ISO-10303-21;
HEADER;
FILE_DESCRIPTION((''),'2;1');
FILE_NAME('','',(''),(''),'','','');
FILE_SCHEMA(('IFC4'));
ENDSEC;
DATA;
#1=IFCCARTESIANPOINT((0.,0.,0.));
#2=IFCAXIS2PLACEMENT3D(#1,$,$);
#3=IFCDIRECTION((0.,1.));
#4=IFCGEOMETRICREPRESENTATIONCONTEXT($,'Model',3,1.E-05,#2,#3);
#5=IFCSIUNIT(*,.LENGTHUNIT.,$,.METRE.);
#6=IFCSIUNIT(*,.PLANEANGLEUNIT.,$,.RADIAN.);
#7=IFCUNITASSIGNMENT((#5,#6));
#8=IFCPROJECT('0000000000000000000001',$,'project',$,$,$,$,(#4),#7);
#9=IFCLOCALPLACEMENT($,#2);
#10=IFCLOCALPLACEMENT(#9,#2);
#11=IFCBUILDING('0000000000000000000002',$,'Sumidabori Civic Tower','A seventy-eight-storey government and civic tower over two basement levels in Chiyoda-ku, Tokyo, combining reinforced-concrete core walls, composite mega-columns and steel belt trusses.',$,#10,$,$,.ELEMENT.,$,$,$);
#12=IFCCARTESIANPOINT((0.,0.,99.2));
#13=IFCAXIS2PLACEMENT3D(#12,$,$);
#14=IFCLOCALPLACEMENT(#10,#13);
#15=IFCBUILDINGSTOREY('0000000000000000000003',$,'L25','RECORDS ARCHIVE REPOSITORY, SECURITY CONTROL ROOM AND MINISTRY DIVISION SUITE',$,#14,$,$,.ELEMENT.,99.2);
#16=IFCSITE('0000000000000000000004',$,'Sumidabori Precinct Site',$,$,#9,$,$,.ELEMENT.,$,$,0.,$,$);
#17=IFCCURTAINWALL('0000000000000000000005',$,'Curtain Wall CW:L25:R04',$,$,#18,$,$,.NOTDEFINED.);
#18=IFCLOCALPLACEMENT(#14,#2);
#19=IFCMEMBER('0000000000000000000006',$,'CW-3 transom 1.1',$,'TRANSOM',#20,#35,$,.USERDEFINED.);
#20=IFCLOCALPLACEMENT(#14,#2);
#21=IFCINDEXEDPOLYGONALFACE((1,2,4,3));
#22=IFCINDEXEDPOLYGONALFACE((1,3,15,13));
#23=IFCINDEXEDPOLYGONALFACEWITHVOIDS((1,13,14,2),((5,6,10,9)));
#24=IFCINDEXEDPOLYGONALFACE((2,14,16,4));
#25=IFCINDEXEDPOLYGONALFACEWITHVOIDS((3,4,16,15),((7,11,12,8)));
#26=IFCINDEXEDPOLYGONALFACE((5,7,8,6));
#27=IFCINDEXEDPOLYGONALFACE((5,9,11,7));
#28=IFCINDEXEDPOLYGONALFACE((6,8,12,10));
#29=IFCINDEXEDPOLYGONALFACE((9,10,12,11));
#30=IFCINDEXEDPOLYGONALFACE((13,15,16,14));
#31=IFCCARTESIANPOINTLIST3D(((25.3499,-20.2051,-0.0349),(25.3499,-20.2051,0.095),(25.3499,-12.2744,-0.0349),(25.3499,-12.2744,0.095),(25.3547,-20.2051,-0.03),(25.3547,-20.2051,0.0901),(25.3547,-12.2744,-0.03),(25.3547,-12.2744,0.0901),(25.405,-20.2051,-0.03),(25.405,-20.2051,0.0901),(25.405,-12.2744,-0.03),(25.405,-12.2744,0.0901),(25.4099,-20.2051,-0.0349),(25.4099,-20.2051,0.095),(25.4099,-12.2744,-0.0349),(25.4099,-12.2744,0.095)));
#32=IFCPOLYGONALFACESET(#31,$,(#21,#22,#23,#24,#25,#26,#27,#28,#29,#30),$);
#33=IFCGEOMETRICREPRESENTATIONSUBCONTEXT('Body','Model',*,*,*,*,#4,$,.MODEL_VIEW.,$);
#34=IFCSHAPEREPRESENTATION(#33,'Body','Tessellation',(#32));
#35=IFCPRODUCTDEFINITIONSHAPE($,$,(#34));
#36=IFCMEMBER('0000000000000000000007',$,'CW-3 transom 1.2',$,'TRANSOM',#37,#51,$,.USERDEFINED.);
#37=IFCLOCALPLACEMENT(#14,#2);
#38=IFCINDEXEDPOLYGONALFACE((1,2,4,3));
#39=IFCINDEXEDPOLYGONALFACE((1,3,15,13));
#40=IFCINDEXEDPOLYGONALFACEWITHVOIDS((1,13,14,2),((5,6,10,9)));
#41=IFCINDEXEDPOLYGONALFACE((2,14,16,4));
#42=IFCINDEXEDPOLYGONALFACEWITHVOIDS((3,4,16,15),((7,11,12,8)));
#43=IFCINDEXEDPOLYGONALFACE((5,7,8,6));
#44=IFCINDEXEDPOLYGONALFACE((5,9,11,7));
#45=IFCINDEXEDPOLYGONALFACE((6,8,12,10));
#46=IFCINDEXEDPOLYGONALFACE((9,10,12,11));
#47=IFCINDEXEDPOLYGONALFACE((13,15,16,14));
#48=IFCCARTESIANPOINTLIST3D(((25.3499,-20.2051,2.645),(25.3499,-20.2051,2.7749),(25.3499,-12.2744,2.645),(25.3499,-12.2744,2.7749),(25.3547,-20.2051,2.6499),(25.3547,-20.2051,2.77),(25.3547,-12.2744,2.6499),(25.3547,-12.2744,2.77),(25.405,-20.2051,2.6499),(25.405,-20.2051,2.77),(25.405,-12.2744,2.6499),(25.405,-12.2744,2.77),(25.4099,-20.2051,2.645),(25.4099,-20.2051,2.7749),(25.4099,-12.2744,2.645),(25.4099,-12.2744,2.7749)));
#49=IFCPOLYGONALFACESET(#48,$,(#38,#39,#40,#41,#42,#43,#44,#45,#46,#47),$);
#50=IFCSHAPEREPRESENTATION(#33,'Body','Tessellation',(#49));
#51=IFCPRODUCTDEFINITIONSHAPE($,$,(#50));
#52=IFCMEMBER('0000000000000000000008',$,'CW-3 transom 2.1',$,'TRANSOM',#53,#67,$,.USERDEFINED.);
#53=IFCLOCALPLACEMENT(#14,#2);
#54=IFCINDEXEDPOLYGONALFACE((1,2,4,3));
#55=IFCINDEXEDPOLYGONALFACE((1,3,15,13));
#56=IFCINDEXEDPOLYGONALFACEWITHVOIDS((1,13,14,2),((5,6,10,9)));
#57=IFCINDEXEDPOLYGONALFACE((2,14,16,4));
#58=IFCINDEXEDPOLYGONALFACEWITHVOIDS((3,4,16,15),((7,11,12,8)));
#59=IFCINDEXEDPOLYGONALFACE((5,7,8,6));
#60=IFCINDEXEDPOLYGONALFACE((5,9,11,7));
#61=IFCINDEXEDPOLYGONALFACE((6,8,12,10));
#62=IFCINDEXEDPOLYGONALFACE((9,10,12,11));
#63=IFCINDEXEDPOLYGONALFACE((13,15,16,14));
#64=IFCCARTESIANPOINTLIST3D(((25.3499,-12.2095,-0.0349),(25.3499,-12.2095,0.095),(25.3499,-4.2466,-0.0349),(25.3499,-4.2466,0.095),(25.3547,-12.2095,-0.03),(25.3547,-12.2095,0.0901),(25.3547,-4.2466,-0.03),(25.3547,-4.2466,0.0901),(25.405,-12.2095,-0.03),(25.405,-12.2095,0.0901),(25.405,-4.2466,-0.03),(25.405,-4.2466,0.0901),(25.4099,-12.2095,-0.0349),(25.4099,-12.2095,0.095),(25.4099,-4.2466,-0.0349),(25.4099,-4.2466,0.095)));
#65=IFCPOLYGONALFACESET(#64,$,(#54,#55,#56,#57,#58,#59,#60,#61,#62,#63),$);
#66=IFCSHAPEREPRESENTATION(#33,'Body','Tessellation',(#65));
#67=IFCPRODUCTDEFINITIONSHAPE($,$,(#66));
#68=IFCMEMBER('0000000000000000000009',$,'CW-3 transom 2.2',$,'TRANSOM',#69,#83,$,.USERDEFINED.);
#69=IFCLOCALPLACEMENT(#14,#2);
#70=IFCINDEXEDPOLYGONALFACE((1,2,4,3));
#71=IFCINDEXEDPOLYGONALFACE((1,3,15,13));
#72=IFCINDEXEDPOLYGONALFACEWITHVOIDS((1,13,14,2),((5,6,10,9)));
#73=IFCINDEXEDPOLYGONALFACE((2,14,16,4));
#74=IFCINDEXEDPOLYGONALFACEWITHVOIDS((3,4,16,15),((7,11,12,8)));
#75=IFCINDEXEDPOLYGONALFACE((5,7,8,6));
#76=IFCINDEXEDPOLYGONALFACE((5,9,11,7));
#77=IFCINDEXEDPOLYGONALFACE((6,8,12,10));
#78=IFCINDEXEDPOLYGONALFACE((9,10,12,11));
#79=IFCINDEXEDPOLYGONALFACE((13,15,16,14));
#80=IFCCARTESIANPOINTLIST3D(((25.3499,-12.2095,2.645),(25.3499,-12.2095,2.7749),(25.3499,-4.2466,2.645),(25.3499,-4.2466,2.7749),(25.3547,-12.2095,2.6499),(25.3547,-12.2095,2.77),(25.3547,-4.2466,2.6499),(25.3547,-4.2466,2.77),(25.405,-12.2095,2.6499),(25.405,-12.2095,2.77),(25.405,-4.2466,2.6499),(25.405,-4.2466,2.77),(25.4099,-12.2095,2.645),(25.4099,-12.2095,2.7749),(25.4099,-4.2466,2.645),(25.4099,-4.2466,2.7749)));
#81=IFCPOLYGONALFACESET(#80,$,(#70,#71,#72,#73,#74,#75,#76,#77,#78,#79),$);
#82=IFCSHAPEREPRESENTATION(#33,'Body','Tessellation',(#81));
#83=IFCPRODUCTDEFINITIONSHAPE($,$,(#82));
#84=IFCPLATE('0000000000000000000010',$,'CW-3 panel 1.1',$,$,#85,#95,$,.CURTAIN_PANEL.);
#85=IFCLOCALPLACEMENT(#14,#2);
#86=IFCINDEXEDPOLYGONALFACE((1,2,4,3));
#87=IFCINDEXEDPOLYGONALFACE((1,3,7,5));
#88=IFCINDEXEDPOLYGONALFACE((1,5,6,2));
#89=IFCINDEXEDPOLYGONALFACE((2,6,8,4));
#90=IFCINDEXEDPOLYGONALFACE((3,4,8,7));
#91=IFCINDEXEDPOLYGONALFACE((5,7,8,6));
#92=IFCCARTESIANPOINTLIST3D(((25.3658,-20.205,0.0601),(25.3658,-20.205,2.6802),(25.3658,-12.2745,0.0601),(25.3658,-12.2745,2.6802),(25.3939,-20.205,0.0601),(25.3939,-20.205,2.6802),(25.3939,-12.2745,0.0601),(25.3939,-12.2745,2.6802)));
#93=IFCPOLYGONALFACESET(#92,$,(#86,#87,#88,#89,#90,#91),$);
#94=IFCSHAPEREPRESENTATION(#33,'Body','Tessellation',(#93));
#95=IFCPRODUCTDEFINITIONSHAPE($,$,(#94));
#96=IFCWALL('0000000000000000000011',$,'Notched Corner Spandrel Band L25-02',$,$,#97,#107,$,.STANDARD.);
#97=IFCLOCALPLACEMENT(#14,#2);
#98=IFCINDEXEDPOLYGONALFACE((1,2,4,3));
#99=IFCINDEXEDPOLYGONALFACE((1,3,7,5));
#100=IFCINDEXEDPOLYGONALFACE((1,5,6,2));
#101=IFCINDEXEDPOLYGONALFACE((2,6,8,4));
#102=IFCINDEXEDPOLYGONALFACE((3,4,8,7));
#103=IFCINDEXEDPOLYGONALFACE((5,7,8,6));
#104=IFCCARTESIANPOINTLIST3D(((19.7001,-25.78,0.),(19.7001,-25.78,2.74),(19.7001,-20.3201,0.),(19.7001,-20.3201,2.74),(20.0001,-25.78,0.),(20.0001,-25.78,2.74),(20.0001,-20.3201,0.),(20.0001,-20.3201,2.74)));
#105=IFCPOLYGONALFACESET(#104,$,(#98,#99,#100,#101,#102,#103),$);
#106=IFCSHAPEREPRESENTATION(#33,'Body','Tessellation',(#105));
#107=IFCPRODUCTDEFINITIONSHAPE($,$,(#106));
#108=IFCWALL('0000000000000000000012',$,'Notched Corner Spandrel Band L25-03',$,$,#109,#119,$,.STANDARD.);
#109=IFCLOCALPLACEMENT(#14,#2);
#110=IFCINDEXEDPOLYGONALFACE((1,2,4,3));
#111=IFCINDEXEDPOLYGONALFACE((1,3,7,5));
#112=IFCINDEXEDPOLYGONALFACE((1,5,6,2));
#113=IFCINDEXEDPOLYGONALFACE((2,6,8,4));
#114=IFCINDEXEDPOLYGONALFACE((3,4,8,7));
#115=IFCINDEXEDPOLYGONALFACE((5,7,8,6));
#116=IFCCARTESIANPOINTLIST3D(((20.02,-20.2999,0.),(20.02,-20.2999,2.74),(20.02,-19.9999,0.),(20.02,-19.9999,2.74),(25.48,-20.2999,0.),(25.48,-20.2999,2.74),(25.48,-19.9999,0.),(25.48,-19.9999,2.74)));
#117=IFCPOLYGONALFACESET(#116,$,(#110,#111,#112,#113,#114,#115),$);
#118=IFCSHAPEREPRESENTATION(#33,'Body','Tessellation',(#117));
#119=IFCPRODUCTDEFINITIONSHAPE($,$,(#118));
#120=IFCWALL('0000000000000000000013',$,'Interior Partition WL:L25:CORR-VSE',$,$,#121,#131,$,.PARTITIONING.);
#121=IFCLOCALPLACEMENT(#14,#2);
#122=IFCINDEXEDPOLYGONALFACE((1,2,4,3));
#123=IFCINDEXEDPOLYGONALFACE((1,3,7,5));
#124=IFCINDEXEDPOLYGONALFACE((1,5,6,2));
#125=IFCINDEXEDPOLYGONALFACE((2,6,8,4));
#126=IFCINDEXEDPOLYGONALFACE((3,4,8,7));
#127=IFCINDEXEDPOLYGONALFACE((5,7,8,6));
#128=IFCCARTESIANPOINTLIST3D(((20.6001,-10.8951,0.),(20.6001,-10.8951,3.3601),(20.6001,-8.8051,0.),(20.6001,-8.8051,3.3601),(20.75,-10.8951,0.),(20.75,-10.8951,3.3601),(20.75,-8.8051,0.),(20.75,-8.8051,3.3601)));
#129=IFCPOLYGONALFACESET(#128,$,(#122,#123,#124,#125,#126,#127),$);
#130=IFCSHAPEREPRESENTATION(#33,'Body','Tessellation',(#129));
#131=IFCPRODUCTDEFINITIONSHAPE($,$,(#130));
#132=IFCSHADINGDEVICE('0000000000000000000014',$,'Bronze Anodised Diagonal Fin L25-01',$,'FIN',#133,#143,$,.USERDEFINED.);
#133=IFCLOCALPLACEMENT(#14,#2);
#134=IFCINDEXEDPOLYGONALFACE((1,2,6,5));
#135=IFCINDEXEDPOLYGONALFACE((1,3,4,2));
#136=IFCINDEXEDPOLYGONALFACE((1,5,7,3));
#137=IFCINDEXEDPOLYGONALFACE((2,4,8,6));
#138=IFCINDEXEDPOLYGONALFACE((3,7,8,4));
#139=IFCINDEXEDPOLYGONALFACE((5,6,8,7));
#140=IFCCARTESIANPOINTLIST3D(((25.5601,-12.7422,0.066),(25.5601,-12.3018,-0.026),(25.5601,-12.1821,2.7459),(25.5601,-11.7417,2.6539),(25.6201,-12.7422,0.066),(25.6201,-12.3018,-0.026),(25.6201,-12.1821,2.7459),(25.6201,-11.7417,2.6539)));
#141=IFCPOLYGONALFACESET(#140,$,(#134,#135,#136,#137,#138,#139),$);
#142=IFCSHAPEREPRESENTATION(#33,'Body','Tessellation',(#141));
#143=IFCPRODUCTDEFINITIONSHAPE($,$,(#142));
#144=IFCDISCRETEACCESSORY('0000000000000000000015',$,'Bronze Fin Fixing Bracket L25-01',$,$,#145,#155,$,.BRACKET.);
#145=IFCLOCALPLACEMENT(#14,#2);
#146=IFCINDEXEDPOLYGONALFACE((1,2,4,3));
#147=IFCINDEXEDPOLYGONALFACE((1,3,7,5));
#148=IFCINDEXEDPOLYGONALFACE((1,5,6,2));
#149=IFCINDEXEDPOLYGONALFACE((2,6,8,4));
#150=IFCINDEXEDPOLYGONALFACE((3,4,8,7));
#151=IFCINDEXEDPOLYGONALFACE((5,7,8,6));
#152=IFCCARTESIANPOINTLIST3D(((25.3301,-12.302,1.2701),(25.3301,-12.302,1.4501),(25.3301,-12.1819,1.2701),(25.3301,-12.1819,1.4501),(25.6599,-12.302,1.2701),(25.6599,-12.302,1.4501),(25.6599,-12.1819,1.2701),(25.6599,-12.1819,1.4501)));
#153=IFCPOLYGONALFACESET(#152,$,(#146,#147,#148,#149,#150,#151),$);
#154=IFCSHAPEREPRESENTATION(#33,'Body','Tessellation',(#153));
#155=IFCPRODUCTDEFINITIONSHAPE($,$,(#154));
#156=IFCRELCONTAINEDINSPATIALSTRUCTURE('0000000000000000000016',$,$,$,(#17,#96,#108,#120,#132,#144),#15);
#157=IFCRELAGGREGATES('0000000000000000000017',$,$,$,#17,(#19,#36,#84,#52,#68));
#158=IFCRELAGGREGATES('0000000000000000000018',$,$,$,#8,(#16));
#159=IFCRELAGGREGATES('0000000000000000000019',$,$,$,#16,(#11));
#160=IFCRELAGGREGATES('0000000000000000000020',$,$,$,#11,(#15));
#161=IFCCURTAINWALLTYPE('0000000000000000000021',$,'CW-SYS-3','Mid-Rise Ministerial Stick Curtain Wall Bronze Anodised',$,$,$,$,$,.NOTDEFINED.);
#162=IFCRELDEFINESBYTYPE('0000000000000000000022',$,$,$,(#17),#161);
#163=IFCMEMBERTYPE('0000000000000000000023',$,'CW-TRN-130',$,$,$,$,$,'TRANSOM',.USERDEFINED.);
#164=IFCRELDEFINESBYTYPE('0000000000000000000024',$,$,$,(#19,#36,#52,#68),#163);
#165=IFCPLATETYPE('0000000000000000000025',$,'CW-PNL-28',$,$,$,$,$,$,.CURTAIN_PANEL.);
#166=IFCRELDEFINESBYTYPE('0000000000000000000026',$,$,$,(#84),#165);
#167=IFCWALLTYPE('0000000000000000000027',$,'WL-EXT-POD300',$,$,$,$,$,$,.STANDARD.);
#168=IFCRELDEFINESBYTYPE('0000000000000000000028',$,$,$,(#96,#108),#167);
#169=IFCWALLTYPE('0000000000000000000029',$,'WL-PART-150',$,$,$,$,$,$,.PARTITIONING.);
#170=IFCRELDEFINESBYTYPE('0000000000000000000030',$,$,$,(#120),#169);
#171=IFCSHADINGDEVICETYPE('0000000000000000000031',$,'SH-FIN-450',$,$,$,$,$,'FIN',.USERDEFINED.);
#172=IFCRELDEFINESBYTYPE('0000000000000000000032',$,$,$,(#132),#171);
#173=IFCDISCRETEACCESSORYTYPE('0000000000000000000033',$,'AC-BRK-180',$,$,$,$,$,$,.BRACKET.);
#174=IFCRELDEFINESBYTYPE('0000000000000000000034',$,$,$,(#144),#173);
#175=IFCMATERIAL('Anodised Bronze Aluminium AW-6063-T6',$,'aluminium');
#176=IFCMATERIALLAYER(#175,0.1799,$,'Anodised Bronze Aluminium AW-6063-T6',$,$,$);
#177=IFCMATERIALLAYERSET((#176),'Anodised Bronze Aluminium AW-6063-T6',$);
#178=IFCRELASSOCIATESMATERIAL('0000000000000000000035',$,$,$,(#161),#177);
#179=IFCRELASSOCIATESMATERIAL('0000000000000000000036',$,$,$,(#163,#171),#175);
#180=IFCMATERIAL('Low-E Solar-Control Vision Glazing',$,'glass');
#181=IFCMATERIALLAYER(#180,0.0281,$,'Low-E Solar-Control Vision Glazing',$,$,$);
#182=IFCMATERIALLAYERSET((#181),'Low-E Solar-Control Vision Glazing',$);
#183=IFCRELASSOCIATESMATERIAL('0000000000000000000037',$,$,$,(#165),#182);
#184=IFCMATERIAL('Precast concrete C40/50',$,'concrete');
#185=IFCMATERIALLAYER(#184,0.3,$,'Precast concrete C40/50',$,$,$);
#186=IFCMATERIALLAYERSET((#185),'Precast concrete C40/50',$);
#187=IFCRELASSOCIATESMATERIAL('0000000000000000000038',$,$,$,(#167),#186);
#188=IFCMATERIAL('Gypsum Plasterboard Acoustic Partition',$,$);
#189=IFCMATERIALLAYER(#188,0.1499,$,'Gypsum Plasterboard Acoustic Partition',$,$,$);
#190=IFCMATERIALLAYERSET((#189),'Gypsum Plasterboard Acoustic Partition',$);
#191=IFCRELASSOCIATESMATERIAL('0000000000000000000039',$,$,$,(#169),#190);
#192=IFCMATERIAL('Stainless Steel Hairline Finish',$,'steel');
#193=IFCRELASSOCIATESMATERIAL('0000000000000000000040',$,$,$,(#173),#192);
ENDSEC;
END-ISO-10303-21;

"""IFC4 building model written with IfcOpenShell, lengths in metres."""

from ifc_helpers import new_model, si_unit, direction, frame, frame_2d, origin, origin_2d, place, context, subcontext, project, spatial, rectangle, hollow_rectangle, extrude, source, transform, mapped, material, layer, layer_set, material_profile, profile_set, type_object, element, aggregate, save


model = new_model("IFC4")

# Units and contexts
model_context = context("Model", 3, precision=1e-05, world=origin(), true_north=direction((0.0, 1.0)))
body_context = subcontext(model_context, "Body", "Model", "MODEL_VIEW")
ifc_project = project(units=[si_unit("LENGTHUNIT", "METRE"), si_unit("PLANEANGLEUNIT", "RADIAN")], contexts=[model_context])

# Site, building, storey
site_placement = place(None, origin())
site = spatial("IfcSite", under=ifc_project, at=site_placement, Name="Sumidabori Precinct Site", CompositionType="ELEMENT", RefElevation=0.0)
building_placement = place(site_placement, origin())
building = spatial("IfcBuilding", under=site, at=building_placement, Name="Sumidabori Civic Tower", Description="A seventy-eight-storey government and civic tower over two basement levels in Chiyoda-ku, Tokyo, combining reinforced-concrete core walls, composite mega-columns and steel belt trusses.", CompositionType="ELEMENT")
storey_placement = place(building_placement, frame((0.0, 0.0, 99.2)))
storey = spatial("IfcBuildingStorey", under=building, at=storey_placement, Name="L25", Description="RECORDS ARCHIVE REPOSITORY, SECURITY CONTROL ROOM AND MINISTRY DIVISION SUITE", CompositionType="ELEMENT", Elevation=99.2)

# Shared definitions
ifc_material_1 = material(Name="Anodised Bronze Aluminium AW-6063-T6", Category="aluminium")
ifc_layer_1 = layer(ifc_material_1, 0.1799, Name="Anodised Bronze Aluminium AW-6063-T6")
ifc_layer_set_1 = layer_set([ifc_layer_1], Name="Anodised Bronze Aluminium AW-6063-T6")
curtain_wall_type = type_object("IfcCurtainWallType", Name="CW-SYS-3", Description="Mid-Rise Ministerial Stick Curtain Wall Bronze Anodised", PredefinedType="NOTDEFINED", material=ifc_layer_set_1)

# Curtain wall, members, plate
curtain_wall_1_placement = place(storey_placement, origin())
curtain_wall_1 = element("IfcCurtainWall", 1, at=curtain_wall_1_placement, inside=storey, type_object=curtain_wall_type, Name="Curtain Wall CW:L25:R04", PredefinedType="NOTDEFINED")
ifc_material_profile_1 = material_profile(ifc_material_1, hollow_rectangle(XDim=0.0601, YDim=0.1299, WallThickness=0.0049, at=origin_2d()), Name="ALU TRANSOM 130x60")
ifc_profile_set_1 = profile_set([ifc_material_profile_1], Name="Anodised Bronze Aluminium AW-6063-T6")
member_type_1 = type_object("IfcMemberType", Name="CW-TRN-130", ElementType="TRANSOM", PredefinedType="USERDEFINED", material=ifc_profile_set_1)
shared_shape_1 = source(origin(), body_context, "Body", "SweptSolid", [
    extrude(hollow_rectangle(XDim=0.0601, YDim=0.1299, WallThickness=0.0049, at=origin_2d()), origin(), (0.0, 0.0, 1.0), 7.9307),
])
member_1_placement = place(storey_placement, frame((25.3799, -20.2051, 0.03), z_axis=(0.0, 1.0, 0.0), x_axis=(-1.0, 0.0, 0.0)))
member_1 = element("IfcMember", 2, at=member_1_placement, type_object=member_type_1, Name="CW-3 transom 1.1", ObjectType="TRANSOM", PredefinedType="USERDEFINED", context=body_context, shape_type="MappedRepresentation", body=[
    mapped(shared_shape_1, transform((0.0, 0.0, 0.0), x_axis=(1.0, 0.0, 0.0), y_axis=(0.0, 1.0, 0.0), z_axis=(0.0, 0.0, 1.0), scale=1.0)),
])
member_2_placement = place(storey_placement, frame((25.3799, -20.2051, 2.71), z_axis=(0.0, 1.0, 0.0), x_axis=(-1.0, 0.0, 0.0)))
member_2 = element("IfcMember", 3, at=member_2_placement, type_object=member_type_1, Name="CW-3 transom 1.2", ObjectType="TRANSOM", PredefinedType="USERDEFINED", context=body_context, shape_type="MappedRepresentation", body=[
    mapped(shared_shape_1, transform((0.0, 0.0, 0.0), x_axis=(1.0, 0.0, 0.0), y_axis=(0.0, 1.0, 0.0), z_axis=(0.0, 0.0, 1.0), scale=1.0)),
])
shared_shape_2 = source(origin(), body_context, "Body", "SweptSolid", [
    extrude(hollow_rectangle(XDim=0.0601, YDim=0.1299, WallThickness=0.0049, at=origin_2d()), origin(), (0.0, 0.0, 1.0), 7.9629),
])
member_3_placement = place(storey_placement, frame((25.3799, -12.2095, 0.03), z_axis=(0.0, 1.0, 0.0), x_axis=(-1.0, 0.0, 0.0)))
member_3 = element("IfcMember", 4, at=member_3_placement, type_object=member_type_1, Name="CW-3 transom 2.1", ObjectType="TRANSOM", PredefinedType="USERDEFINED", context=body_context, shape_type="MappedRepresentation", body=[
    mapped(shared_shape_2, transform((0.0, 0.0, 0.0), x_axis=(1.0, 0.0, 0.0), y_axis=(0.0, 1.0, 0.0), z_axis=(0.0, 0.0, 1.0), scale=1.0)),
])
member_4_placement = place(storey_placement, frame((25.3799, -12.2095, 2.71), z_axis=(0.0, 1.0, 0.0), x_axis=(-1.0, 0.0, 0.0)))
member_4 = element("IfcMember", 5, at=member_4_placement, type_object=member_type_1, Name="CW-3 transom 2.2", ObjectType="TRANSOM", PredefinedType="USERDEFINED", context=body_context, shape_type="MappedRepresentation", body=[
    mapped(shared_shape_2, transform((0.0, 0.0, 0.0), x_axis=(1.0, 0.0, 0.0), y_axis=(0.0, 1.0, 0.0), z_axis=(0.0, 0.0, 1.0), scale=1.0)),
])
ifc_material_2 = material(Name="Low-E Solar-Control Vision Glazing", Category="glass")
ifc_layer_2 = layer(ifc_material_2, 0.0281, Name="Low-E Solar-Control Vision Glazing")
ifc_layer_set_2 = layer_set([ifc_layer_2], Name="Low-E Solar-Control Vision Glazing")
plate_type = type_object("IfcPlateType", Name="CW-PNL-28", PredefinedType="CURTAIN_PANEL", material=ifc_layer_set_2)
shared_shape_3 = source(origin(), body_context, "Body", "SweptSolid", [
    extrude(rectangle(XDim=7.9304, YDim=0.0281, at=origin_2d()), origin(), (0.0, 0.0, 1.0), 2.6201),
])
plate_placement = place(storey_placement, frame((25.3799, -16.2397, 0.0601), z_axis=(0.0, 0.0, 1.0), x_axis=(0.0, 1.0, 0.0)))
plate = element("IfcPlate", 6, at=plate_placement, type_object=plate_type, Name="CW-3 panel 1.1", PredefinedType="CURTAIN_PANEL", context=body_context, shape_type="MappedRepresentation", body=[
    mapped(shared_shape_3, transform((0.0, 0.0, 0.0), x_axis=(1.0, 0.0, 0.0), y_axis=(0.0, 1.0, 0.0), z_axis=(0.0, 0.0, 1.0), scale=1.0)),
])
aggregate(curtain_wall_1, [member_1, member_2, plate, member_3, member_4])

# Walls
ifc_material_3 = material(Name="Precast concrete C40/50", Category="concrete")
ifc_layer_3 = layer(ifc_material_3, 0.3, Name="Precast concrete C40/50")
ifc_layer_set_3 = layer_set([ifc_layer_3], Name="Precast concrete C40/50")
wall_type_1 = type_object("IfcWallType", Name="WL-EXT-POD300", PredefinedType="STANDARD", material=ifc_layer_set_3)
shared_shape_4 = source(origin(), body_context, "Body", "SweptSolid", [
    extrude(rectangle(XDim=5.46, YDim=0.3, at=frame_2d((2.73, 0.0))), origin(), (0.0, 0.0, 1.0), 2.74),
])
for number, where, z_axis, x_axis, name in (
    (7, (19.8501, -25.78, 0.0), (0.0, 0.0, 1.0), (0.0, 1.0, 0.0), "Notched Corner Spandrel Band L25-02"),
    (8, (20.02, -20.1499, 0.0), (0.0, 0.0, 1.0), (1.0, 0.0, 0.0), "Notched Corner Spandrel Band L25-03"),
):
    element("IfcWall", number, at=place(storey_placement, frame(where, z_axis=z_axis, x_axis=x_axis)), inside=storey, type_object=wall_type_1, Name=name, PredefinedType="STANDARD", context=body_context, shape_type="MappedRepresentation", body=[
        mapped(shared_shape_4, transform((0.0, 0.0, 0.0), x_axis=(1.0, 0.0, 0.0), y_axis=(0.0, 1.0, 0.0), z_axis=(0.0, 0.0, 1.0), scale=1.0)),
    ])

# Shared definitions
ifc_material_4 = material(Name="Gypsum Plasterboard Acoustic Partition")
ifc_layer_4 = layer(ifc_material_4, 0.1499, Name="Gypsum Plasterboard Acoustic Partition")
ifc_layer_set_4 = layer_set([ifc_layer_4], Name="Gypsum Plasterboard Acoustic Partition")
wall_type_2 = type_object("IfcWallType", Name="WL-PART-150", PredefinedType="PARTITIONING", material=ifc_layer_set_4)

# Wall
shared_shape_5 = source(origin(), body_context, "Body", "SweptSolid", [
    extrude(rectangle(XDim=2.0901, YDim=0.1499, at=frame_2d((1.0449, 0.0))), origin(), (0.0, 0.0, 1.0), 3.3601),
])
wall_1_placement = place(storey_placement, frame((20.675, -10.895, 0.0), z_axis=(0.0, 0.0, 1.0), x_axis=(0.0, 1.0, 0.0)))
element("IfcWall", 9, at=wall_1_placement, inside=storey, type_object=wall_type_2, Name="Interior Partition WL:L25:CORR-VSE", PredefinedType="PARTITIONING", context=body_context, shape_type="MappedRepresentation", body=[
    mapped(shared_shape_5, transform((0.0, 0.0, 0.0), x_axis=(1.0, 0.0, 0.0), y_axis=(0.0, 1.0, 0.0), z_axis=(0.0, 0.0, 1.0), scale=1.0)),
])

# Shading device
ifc_material_profile_2 = material_profile(ifc_material_1, rectangle(XDim=0.0601, YDim=0.45, at=origin_2d()), Name="BRONZE FIN 450x60")
ifc_profile_set_2 = profile_set([ifc_material_profile_2], Name="Anodised Bronze Aluminium AW-6063-T6")
shading_device_type = type_object("IfcShadingDeviceType", Name="SH-FIN-450", ElementType="FIN", PredefinedType="USERDEFINED", material=ifc_profile_set_2)
shared_shape_6 = source(origin(), body_context, "Body", "SweptSolid", [
    extrude(rectangle(XDim=0.0601, YDim=0.45, at=origin_2d()), origin(), (0.0, 0.0, 1.0), 2.7378),
])
shading_device_placement = place(storey_placement, frame((25.5901, -12.522, 0.02), z_axis=(0.0, 0.204563, 0.978853), x_axis=(-1.0, 0.0, 0.0)))
element("IfcShadingDevice", 10, at=shading_device_placement, inside=storey, type_object=shading_device_type, Name="Bronze Anodised Diagonal Fin L25-01", ObjectType="FIN", PredefinedType="USERDEFINED", context=body_context, shape_type="MappedRepresentation", body=[
    mapped(shared_shape_6, transform((0.0, 0.0, 0.0), x_axis=(1.0, 0.0, 0.0), y_axis=(0.0, 1.0, 0.0), z_axis=(0.0, 0.0, 1.0), scale=1.0)),
])

# Discrete accessory
ifc_material_5 = material(Name="Stainless Steel Hairline Finish", Category="steel")
ifc_material_profile_3 = material_profile(ifc_material_5, rectangle(XDim=0.1201, YDim=0.1799, at=origin_2d()), Name="STEEL BRACKET 180x120")
ifc_profile_set_3 = profile_set([ifc_material_profile_3], Name="Stainless Steel Hairline Finish")
discrete_accessory_type = type_object("IfcDiscreteAccessoryType", Name="AC-BRK-180", PredefinedType="BRACKET", material=ifc_profile_set_3)
shared_shape_7 = source(origin(), body_context, "Body", "SweptSolid", [
    extrude(rectangle(XDim=0.1201, YDim=0.1799, at=origin_2d()), origin(), (0.0, 0.0, 1.0), 0.3298),
])
discrete_accessory_placement = place(storey_placement, frame((25.3301, -12.2419, 1.3601), z_axis=(1.0, 0.0, 0.0), x_axis=(0.0, 1.0, 0.0)))
element("IfcDiscreteAccessory", 11, at=discrete_accessory_placement, inside=storey, type_object=discrete_accessory_type, Name="Bronze Fin Fixing Bracket L25-01", PredefinedType="BRACKET", context=body_context, shape_type="MappedRepresentation", body=[
    mapped(shared_shape_7, transform((0.0, 0.0, 0.0), x_axis=(1.0, 0.0, 0.0), y_axis=(0.0, 1.0, 0.0), z_axis=(0.0, 0.0, 1.0), scale=1.0)),
])

save(model, "model.ifc")
